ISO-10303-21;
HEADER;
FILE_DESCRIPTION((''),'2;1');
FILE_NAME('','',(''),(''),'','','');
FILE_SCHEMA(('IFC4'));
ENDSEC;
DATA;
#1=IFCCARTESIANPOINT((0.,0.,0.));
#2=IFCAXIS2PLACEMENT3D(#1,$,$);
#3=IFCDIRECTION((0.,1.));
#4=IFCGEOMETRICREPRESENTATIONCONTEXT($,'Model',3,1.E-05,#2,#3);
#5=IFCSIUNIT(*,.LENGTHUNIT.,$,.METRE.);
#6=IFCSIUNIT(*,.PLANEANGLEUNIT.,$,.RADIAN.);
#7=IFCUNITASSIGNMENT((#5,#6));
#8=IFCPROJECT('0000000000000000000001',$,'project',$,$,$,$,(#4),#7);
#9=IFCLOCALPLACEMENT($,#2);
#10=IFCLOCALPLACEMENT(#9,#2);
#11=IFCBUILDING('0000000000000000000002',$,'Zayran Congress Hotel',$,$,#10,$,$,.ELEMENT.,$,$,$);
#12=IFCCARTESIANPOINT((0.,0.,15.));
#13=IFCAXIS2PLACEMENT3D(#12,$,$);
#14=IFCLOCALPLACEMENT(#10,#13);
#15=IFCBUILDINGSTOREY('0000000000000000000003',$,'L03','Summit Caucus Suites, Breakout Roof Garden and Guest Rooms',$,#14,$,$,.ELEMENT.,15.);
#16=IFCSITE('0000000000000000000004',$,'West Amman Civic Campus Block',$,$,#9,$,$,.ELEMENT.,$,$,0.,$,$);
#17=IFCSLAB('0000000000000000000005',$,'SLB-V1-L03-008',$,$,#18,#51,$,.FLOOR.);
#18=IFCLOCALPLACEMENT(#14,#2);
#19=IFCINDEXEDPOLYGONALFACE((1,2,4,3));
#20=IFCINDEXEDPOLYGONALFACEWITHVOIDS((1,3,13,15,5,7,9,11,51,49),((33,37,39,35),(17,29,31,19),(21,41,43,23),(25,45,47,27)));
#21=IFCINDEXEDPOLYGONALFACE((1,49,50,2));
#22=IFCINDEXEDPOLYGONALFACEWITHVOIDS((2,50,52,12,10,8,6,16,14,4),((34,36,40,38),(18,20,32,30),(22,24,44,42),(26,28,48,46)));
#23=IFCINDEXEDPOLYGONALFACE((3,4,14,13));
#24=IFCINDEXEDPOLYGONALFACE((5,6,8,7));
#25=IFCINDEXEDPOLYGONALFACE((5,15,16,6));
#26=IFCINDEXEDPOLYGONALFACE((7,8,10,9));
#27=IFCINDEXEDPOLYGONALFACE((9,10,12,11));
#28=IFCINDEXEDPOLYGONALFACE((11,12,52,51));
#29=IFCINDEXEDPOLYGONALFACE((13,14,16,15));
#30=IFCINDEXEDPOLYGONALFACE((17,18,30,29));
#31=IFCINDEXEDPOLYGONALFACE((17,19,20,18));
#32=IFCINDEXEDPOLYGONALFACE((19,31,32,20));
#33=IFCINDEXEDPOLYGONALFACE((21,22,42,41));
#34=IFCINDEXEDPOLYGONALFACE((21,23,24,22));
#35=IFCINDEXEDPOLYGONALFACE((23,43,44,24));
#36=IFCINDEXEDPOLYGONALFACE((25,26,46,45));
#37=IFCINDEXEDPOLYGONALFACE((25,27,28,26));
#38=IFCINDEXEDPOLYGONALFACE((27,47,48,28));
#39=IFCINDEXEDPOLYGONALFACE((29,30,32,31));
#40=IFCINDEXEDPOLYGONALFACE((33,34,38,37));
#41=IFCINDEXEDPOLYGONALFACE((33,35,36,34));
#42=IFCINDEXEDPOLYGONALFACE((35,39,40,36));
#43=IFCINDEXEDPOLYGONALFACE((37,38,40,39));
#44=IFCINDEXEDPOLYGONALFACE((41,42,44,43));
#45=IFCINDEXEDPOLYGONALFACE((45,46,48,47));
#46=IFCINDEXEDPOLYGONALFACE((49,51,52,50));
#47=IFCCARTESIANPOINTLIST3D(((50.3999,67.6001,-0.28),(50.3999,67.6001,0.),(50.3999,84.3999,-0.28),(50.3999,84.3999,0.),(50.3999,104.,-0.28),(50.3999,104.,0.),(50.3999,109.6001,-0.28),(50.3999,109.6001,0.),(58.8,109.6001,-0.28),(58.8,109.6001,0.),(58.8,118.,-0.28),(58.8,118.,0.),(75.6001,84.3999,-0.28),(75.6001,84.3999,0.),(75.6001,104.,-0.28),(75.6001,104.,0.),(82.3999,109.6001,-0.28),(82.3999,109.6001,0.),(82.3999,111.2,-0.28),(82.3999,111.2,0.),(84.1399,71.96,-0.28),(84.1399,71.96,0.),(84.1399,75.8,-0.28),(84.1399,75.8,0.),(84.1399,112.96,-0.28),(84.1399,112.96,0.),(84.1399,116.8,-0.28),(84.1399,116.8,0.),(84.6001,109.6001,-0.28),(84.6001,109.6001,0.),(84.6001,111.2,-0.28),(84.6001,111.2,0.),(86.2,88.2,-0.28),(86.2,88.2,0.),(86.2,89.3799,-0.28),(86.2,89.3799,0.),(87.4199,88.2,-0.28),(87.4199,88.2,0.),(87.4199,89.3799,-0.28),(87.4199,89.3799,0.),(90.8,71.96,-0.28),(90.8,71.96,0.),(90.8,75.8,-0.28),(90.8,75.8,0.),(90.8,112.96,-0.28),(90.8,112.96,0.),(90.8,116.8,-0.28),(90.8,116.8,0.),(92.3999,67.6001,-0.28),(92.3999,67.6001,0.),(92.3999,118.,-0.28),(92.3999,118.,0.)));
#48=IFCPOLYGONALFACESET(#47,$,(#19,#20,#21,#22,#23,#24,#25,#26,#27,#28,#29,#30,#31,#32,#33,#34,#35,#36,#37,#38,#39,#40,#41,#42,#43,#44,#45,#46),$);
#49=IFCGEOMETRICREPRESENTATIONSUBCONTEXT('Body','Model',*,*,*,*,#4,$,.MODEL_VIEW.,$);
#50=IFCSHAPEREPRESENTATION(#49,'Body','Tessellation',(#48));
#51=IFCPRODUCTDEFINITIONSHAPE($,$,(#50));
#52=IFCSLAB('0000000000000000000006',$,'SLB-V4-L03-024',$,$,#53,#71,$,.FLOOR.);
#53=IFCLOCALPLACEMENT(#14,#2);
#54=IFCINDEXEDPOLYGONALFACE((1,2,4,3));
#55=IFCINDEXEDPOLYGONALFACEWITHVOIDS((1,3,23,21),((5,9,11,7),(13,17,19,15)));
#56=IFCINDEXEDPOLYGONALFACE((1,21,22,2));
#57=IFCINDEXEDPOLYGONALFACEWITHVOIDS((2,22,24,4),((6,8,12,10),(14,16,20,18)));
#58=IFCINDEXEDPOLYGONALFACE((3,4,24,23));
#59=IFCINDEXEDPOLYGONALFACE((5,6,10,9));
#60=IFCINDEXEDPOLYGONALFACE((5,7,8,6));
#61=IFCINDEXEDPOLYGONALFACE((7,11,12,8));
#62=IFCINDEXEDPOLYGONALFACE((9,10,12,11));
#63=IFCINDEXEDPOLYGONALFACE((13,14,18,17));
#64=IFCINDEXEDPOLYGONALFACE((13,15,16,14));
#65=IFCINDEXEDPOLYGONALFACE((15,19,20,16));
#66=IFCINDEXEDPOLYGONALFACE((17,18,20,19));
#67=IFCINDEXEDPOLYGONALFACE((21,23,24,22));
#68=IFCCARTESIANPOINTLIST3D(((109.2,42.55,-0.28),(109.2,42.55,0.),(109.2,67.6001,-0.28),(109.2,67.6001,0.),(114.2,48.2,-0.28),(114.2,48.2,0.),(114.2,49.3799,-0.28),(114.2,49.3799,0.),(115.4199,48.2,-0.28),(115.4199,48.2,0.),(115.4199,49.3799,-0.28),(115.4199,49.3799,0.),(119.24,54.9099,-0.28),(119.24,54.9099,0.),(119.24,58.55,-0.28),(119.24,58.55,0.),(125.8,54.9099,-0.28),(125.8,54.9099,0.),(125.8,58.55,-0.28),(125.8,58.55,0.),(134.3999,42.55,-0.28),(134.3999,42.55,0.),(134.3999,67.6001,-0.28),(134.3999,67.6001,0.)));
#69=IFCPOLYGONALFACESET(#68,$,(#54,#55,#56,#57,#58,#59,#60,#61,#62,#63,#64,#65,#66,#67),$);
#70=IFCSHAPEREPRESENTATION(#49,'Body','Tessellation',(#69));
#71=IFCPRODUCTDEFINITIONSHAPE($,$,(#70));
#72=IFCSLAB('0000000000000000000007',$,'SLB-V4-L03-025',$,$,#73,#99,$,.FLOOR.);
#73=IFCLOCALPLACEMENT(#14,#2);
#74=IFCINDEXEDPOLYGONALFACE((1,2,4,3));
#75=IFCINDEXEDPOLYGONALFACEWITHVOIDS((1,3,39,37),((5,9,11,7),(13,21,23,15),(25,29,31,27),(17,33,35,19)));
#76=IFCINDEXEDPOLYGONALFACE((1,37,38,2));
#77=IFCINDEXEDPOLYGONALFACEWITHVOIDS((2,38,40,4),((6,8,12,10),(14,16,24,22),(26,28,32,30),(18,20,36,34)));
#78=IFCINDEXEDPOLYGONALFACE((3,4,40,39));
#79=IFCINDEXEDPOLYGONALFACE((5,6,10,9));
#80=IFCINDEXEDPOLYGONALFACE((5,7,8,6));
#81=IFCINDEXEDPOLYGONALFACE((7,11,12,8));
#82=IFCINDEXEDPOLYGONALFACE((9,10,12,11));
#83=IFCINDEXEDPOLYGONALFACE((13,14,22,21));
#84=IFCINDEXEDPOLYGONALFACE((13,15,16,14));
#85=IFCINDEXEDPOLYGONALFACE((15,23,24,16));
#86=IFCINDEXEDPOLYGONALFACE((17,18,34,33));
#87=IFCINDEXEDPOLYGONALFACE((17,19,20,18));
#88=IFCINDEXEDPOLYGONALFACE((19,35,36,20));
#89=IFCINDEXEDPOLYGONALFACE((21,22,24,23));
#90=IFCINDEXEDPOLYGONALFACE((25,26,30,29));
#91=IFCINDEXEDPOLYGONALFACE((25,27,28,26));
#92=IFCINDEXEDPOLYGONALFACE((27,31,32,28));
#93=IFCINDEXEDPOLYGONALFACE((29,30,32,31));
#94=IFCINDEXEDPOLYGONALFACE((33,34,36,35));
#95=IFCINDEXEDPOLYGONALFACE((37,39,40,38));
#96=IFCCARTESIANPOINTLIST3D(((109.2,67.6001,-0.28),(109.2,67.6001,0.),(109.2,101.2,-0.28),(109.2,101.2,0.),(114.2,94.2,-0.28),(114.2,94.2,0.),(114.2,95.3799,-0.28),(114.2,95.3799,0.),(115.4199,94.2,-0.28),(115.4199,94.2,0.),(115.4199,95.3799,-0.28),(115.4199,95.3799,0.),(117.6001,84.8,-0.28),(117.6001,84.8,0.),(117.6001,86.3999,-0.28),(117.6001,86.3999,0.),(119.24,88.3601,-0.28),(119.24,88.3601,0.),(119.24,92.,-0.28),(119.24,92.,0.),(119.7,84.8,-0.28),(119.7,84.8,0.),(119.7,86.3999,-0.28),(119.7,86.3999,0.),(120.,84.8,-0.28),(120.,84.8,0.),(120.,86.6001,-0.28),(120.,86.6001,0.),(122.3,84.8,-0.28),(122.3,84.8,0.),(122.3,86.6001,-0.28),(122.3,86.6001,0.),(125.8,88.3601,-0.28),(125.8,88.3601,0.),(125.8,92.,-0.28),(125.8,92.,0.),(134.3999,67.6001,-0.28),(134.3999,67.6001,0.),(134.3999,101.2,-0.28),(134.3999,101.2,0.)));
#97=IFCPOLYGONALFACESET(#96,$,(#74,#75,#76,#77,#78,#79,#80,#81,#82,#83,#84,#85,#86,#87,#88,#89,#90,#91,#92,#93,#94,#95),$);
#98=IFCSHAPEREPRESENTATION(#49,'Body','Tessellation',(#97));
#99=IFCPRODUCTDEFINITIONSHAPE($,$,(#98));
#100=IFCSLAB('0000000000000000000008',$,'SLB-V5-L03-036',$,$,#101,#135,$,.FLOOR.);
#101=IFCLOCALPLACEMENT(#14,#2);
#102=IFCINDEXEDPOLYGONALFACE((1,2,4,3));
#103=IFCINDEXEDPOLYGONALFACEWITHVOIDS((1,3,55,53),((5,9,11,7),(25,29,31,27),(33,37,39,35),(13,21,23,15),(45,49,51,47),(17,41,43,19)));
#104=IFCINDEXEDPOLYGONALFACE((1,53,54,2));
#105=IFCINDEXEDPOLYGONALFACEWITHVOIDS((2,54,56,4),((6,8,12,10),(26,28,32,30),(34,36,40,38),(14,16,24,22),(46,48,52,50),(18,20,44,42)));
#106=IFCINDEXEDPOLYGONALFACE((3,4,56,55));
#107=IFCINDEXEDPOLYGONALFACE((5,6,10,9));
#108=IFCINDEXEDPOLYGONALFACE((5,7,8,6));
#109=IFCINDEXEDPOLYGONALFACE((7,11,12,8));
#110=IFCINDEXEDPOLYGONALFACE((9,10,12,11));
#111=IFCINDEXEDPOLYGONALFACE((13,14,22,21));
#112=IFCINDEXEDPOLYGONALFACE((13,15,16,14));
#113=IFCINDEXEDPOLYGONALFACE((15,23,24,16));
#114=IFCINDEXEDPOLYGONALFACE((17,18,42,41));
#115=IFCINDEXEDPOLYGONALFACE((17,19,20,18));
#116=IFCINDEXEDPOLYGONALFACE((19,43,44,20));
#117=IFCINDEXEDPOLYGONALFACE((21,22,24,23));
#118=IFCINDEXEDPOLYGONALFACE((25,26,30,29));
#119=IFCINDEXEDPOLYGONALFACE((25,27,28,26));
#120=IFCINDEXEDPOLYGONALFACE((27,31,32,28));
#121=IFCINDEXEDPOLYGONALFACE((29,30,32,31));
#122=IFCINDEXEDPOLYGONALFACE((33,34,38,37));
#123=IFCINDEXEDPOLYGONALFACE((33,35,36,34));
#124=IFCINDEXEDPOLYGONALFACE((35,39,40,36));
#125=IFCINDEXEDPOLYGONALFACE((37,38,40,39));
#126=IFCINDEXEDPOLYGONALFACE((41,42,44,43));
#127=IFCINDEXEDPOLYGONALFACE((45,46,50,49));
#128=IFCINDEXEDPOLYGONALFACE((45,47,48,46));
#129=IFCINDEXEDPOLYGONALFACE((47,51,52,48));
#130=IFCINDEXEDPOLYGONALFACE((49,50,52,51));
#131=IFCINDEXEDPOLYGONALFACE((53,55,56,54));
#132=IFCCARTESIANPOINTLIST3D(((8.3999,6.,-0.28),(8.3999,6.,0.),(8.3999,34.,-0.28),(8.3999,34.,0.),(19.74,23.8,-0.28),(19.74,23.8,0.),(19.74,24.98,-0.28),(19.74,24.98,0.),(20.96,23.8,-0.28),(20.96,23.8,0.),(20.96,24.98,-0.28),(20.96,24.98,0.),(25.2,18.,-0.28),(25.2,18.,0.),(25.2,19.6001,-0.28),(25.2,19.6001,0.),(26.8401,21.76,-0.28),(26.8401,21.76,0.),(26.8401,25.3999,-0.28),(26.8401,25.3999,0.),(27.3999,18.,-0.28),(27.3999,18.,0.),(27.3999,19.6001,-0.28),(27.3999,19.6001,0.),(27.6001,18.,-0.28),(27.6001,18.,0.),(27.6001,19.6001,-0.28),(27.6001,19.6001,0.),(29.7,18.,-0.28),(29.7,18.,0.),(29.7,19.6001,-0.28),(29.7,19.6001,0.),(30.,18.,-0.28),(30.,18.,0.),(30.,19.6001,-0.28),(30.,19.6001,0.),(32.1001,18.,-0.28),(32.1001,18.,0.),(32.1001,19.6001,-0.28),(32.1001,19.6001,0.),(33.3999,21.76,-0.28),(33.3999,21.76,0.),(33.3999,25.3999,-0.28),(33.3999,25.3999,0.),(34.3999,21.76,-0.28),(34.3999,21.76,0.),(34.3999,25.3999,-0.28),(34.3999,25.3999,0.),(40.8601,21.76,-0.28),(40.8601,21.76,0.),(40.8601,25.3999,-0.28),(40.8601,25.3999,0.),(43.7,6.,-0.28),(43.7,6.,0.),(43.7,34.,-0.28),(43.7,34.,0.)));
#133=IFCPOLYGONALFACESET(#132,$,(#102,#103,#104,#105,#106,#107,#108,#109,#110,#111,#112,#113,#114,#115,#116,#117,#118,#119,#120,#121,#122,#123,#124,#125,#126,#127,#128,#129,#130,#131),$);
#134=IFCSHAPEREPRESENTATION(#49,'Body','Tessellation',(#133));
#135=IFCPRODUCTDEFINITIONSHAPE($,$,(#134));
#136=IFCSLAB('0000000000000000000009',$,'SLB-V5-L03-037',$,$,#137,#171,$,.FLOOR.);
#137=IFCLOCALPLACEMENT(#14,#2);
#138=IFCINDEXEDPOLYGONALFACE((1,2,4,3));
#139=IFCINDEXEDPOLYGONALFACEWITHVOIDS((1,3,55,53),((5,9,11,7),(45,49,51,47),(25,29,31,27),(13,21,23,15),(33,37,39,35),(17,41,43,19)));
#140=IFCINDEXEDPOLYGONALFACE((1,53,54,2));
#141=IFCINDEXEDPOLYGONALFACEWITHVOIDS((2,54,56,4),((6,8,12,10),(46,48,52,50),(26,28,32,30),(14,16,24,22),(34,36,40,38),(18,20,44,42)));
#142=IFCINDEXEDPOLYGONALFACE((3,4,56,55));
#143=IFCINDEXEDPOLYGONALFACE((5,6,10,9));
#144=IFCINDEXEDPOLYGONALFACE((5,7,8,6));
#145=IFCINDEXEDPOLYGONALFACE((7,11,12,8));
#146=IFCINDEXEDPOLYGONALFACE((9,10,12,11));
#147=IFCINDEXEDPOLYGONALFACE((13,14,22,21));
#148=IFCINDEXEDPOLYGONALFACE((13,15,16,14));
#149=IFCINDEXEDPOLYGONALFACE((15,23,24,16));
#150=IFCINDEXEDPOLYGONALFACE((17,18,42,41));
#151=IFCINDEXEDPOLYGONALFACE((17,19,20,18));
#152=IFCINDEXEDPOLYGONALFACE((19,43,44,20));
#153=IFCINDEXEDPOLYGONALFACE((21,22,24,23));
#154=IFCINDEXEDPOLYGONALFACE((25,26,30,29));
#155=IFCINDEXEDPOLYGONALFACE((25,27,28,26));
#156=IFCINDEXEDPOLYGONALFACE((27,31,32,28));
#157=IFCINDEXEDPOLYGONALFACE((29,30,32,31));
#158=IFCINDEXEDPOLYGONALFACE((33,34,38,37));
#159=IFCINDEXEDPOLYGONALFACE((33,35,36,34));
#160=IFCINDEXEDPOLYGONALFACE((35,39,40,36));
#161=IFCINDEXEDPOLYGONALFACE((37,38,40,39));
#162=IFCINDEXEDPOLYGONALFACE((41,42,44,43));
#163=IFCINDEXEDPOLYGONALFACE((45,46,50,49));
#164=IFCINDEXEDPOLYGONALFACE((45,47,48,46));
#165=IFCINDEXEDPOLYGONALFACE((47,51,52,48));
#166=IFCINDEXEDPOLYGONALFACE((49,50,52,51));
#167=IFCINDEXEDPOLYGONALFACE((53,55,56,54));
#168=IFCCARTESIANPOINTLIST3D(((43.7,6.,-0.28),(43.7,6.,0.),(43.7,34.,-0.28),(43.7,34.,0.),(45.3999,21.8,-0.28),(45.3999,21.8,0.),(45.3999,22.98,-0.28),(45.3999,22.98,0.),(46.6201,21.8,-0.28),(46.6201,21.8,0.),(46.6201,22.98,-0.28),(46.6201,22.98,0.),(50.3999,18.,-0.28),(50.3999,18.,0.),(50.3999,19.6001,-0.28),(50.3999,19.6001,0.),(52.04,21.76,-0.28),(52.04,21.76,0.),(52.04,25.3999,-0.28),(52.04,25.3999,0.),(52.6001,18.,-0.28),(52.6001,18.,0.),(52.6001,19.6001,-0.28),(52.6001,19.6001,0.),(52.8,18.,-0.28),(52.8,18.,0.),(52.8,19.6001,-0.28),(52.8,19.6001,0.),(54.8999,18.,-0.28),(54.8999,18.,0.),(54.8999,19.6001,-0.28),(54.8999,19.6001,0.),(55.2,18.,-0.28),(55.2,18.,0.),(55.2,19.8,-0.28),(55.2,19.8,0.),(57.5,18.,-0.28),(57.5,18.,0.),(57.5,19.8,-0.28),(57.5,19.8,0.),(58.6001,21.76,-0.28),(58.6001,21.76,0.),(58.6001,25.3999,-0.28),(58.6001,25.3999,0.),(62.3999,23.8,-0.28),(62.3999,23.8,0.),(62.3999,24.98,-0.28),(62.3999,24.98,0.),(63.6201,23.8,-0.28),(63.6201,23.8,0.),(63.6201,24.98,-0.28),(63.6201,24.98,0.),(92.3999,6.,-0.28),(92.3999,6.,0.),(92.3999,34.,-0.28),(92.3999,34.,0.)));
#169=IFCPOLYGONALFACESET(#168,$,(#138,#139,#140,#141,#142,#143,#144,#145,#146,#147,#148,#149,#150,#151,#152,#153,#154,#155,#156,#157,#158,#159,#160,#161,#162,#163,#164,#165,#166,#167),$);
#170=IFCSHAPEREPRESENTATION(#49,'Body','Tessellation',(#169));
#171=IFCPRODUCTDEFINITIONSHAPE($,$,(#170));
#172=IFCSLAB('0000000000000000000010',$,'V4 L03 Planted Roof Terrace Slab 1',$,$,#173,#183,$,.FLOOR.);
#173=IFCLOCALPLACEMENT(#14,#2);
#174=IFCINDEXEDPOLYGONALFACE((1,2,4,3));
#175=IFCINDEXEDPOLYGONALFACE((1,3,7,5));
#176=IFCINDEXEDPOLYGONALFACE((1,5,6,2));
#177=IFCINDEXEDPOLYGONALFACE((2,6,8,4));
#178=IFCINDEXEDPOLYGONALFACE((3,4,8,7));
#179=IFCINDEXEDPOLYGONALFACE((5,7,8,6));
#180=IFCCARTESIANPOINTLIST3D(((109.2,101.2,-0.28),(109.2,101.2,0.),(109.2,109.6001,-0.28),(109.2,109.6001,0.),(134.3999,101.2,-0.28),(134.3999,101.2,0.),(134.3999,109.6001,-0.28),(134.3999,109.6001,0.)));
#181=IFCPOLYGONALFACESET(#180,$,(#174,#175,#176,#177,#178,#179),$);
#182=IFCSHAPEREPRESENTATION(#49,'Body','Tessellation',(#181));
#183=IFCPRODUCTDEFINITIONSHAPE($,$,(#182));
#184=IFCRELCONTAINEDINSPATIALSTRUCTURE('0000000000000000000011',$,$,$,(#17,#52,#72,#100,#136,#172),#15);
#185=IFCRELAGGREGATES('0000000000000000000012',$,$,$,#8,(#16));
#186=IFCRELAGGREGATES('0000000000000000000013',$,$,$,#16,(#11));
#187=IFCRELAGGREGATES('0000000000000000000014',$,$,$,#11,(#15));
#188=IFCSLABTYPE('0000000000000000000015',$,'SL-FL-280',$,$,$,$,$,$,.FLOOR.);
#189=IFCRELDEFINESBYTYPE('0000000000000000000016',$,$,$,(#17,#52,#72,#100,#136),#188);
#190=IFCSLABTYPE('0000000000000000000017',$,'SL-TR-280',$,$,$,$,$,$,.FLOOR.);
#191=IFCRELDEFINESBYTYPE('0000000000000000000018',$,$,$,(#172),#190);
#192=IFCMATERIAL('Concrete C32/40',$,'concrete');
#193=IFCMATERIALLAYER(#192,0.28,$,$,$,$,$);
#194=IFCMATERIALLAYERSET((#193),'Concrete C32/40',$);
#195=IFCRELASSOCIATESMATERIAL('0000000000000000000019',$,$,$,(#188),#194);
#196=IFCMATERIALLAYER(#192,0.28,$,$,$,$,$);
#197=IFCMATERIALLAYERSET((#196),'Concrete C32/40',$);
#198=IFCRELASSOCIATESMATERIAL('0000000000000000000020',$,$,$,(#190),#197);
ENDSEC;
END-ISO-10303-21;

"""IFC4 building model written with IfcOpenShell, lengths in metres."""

from ifc_helpers import new_model, si_unit, direction, frame, origin, place, context, subcontext, project, spatial, polyline, outline, extrude, material, layer, layer_set, type_object, element, save


model = new_model("IFC4")

# Units and contexts
model_context = context("Model", 3, precision=1e-05, world=origin(), true_north=direction((0.0, 1.0)))
body_context = subcontext(model_context, "Body", "Model", "MODEL_VIEW")
ifc_project = project(units=[si_unit("LENGTHUNIT", "METRE"), si_unit("PLANEANGLEUNIT", "RADIAN")], contexts=[model_context])

# Site, building, storey
site_placement = place(None, origin())
site = spatial("IfcSite", under=ifc_project, at=site_placement, Name="West Amman Civic Campus Block", CompositionType="ELEMENT", RefElevation=0.0)
building_placement = place(site_placement, origin())
building = spatial("IfcBuilding", under=site, at=building_placement, Name="Zayran Congress Hotel", CompositionType="ELEMENT")
storey_placement = place(building_placement, frame((0.0, 0.0, 15.0)))
storey = spatial("IfcBuildingStorey", under=building, at=storey_placement, Name="L03", Description="Summit Caucus Suites, Breakout Roof Garden and Guest Rooms", CompositionType="ELEMENT", Elevation=15.0)

# Slabs
ifc_material_1 = material(Name="Concrete C32/40", Category="concrete")
ifc_layer_1 = layer(ifc_material_1, 0.28)
ifc_layer_set_1 = layer_set([ifc_layer_1], Name="Concrete C32/40")
slab_type_1 = type_object("IfcSlabType", Name="SL-FL-280", PredefinedType="FLOOR", material=ifc_layer_set_1)
slab_1_placement = place(storey_placement, frame((0.0, 0.0, -0.28)))
element("IfcSlab", 1, at=slab_1_placement, inside=storey, type_object=slab_type_1, Name="SLB-V1-L03-008", PredefinedType="FLOOR", context=body_context, shape_type="SweptSolid", body=[
    extrude(outline(polyline([(50.3999, 67.6001), (92.3999, 67.6001), (92.3999, 118.0), (58.8, 118.0), (58.8, 109.6001), (50.3999, 109.6001), (50.3999, 104.0), (75.6001, 104.0), (75.6001, 84.3999), (50.3999, 84.3999), (50.3999, 67.6001)]), holes=[polyline([(84.1399, 112.96), (90.8, 112.96), (90.8, 116.8), (84.1399, 116.8), (84.1399, 112.96)]), polyline([(82.3999, 109.6001), (84.6001, 109.6001), (84.6001, 111.2), (82.3999, 111.2), (82.3999, 109.6001)]), polyline([(84.1399, 71.96), (90.8, 71.96), (90.8, 75.8), (84.1399, 75.8), (84.1399, 71.96)]), polyline([(86.2, 88.2), (87.4199, 88.2), (87.4199, 89.3799), (86.2, 89.3799), (86.2, 88.2)])]), origin(), (0.0, 0.0, 1.0), 0.28),
])
slab_2_placement = place(storey_placement, frame((0.0, 0.0, -0.28)))
element("IfcSlab", 2, at=slab_2_placement, inside=storey, type_object=slab_type_1, Name="SLB-V4-L03-024", PredefinedType="FLOOR", context=body_context, shape_type="SweptSolid", body=[
    extrude(outline(polyline([(109.2, 42.55), (134.3999, 42.55), (134.3999, 67.6001), (109.2, 67.6001), (109.2, 42.55)]), holes=[polyline([(119.24, 54.9099), (125.8, 54.9099), (125.8, 58.55), (119.24, 58.55), (119.24, 54.9099)]), polyline([(114.2, 48.2), (115.4199, 48.2), (115.4199, 49.3799), (114.2, 49.3799), (114.2, 48.2)])]), origin(), (0.0, 0.0, 1.0), 0.28),
])
slab_3_placement = place(storey_placement, frame((0.0, 0.0, -0.28)))
element("IfcSlab", 3, at=slab_3_placement, inside=storey, type_object=slab_type_1, Name="SLB-V4-L03-025", PredefinedType="FLOOR", context=body_context, shape_type="SweptSolid", body=[
    extrude(outline(polyline([(109.2, 67.6001), (134.3999, 67.6001), (134.3999, 101.2), (109.2, 101.2), (109.2, 67.6001)]), holes=[polyline([(119.24, 88.3601), (125.8, 88.3601), (125.8, 92.0), (119.24, 92.0), (119.24, 88.3601)]), polyline([(117.6001, 84.8), (119.7, 84.8), (119.7, 86.3999), (117.6001, 86.3999), (117.6001, 84.8)]), polyline([(120.0, 84.8), (122.3, 84.8), (122.3, 86.6001), (120.0, 86.6001), (120.0, 84.8)]), polyline([(114.2, 94.2), (115.4199, 94.2), (115.4199, 95.3799), (114.2, 95.3799), (114.2, 94.2)])]), origin(), (0.0, 0.0, 1.0), 0.28),
])
slab_4_placement = place(storey_placement, frame((0.0, 0.0, -0.28)))
element("IfcSlab", 4, at=slab_4_placement, inside=storey, type_object=slab_type_1, Name="SLB-V5-L03-036", PredefinedType="FLOOR", context=body_context, shape_type="SweptSolid", body=[
    extrude(outline(polyline([(8.3999, 6.0), (43.7, 6.0), (43.7, 34.0), (8.3999, 34.0), (8.3999, 6.0)]), holes=[polyline([(26.8401, 21.76), (33.3999, 21.76), (33.3999, 25.3999), (26.8401, 25.3999), (26.8401, 21.76)]), polyline([(25.2, 18.0), (27.3999, 18.0), (27.3999, 19.6001), (25.2, 19.6001), (25.2, 18.0)]), polyline([(27.6001, 18.0), (29.7, 18.0), (29.7, 19.6001), (27.6001, 19.6001), (27.6001, 18.0)]), polyline([(30.0, 18.0), (32.1001, 18.0), (32.1001, 19.6001), (30.0, 19.6001), (30.0, 18.0)]), polyline([(34.3999, 21.76), (40.8601, 21.76), (40.8601, 25.3999), (34.3999, 25.3999), (34.3999, 21.76)]), polyline([(19.74, 23.8), (20.96, 23.8), (20.96, 24.98), (19.74, 24.98), (19.74, 23.8)])]), origin(), (0.0, 0.0, 1.0), 0.28),
])
slab_5_placement = place(storey_placement, frame((0.0, 0.0, -0.28)))
element("IfcSlab", 5, at=slab_5_placement, inside=storey, type_object=slab_type_1, Name="SLB-V5-L03-037", PredefinedType="FLOOR", context=body_context, shape_type="SweptSolid", body=[
    extrude(outline(polyline([(43.7, 6.0), (92.3999, 6.0), (92.3999, 34.0), (43.7, 34.0), (43.7, 6.0)]), holes=[polyline([(52.04, 21.76), (58.6001, 21.76), (58.6001, 25.3999), (52.04, 25.3999), (52.04, 21.76)]), polyline([(50.3999, 18.0), (52.6001, 18.0), (52.6001, 19.6001), (50.3999, 19.6001), (50.3999, 18.0)]), polyline([(52.8, 18.0), (54.8999, 18.0), (54.8999, 19.6001), (52.8, 19.6001), (52.8, 18.0)]), polyline([(55.2, 18.0), (57.5, 18.0), (57.5, 19.8), (55.2, 19.8), (55.2, 18.0)]), polyline([(45.3999, 21.8), (46.6201, 21.8), (46.6201, 22.98), (45.3999, 22.98), (45.3999, 21.8)]), polyline([(62.3999, 23.8), (63.6201, 23.8), (63.6201, 24.98), (62.3999, 24.98), (62.3999, 23.8)])]), origin(), (0.0, 0.0, 1.0), 0.28),
])
ifc_layer_2 = layer(ifc_material_1, 0.28)
ifc_layer_set_2 = layer_set([ifc_layer_2], Name="Concrete C32/40")
slab_type_2 = type_object("IfcSlabType", Name="SL-TR-280", PredefinedType="FLOOR", material=ifc_layer_set_2)
slab_6_placement = place(storey_placement, frame((0.0, 0.0, -0.28)))
element("IfcSlab", 6, at=slab_6_placement, inside=storey, type_object=slab_type_2, Name="V4 L03 Planted Roof Terrace Slab 1", PredefinedType="FLOOR", context=body_context, shape_type="SweptSolid", body=[
    extrude(outline(polyline([(109.2, 101.2), (134.3999, 101.2), (134.3999, 109.6001), (109.2, 109.6001), (109.2, 101.2)])), origin(), (0.0, 0.0, 1.0), 0.28),
])

save(model, "model.ifc")
